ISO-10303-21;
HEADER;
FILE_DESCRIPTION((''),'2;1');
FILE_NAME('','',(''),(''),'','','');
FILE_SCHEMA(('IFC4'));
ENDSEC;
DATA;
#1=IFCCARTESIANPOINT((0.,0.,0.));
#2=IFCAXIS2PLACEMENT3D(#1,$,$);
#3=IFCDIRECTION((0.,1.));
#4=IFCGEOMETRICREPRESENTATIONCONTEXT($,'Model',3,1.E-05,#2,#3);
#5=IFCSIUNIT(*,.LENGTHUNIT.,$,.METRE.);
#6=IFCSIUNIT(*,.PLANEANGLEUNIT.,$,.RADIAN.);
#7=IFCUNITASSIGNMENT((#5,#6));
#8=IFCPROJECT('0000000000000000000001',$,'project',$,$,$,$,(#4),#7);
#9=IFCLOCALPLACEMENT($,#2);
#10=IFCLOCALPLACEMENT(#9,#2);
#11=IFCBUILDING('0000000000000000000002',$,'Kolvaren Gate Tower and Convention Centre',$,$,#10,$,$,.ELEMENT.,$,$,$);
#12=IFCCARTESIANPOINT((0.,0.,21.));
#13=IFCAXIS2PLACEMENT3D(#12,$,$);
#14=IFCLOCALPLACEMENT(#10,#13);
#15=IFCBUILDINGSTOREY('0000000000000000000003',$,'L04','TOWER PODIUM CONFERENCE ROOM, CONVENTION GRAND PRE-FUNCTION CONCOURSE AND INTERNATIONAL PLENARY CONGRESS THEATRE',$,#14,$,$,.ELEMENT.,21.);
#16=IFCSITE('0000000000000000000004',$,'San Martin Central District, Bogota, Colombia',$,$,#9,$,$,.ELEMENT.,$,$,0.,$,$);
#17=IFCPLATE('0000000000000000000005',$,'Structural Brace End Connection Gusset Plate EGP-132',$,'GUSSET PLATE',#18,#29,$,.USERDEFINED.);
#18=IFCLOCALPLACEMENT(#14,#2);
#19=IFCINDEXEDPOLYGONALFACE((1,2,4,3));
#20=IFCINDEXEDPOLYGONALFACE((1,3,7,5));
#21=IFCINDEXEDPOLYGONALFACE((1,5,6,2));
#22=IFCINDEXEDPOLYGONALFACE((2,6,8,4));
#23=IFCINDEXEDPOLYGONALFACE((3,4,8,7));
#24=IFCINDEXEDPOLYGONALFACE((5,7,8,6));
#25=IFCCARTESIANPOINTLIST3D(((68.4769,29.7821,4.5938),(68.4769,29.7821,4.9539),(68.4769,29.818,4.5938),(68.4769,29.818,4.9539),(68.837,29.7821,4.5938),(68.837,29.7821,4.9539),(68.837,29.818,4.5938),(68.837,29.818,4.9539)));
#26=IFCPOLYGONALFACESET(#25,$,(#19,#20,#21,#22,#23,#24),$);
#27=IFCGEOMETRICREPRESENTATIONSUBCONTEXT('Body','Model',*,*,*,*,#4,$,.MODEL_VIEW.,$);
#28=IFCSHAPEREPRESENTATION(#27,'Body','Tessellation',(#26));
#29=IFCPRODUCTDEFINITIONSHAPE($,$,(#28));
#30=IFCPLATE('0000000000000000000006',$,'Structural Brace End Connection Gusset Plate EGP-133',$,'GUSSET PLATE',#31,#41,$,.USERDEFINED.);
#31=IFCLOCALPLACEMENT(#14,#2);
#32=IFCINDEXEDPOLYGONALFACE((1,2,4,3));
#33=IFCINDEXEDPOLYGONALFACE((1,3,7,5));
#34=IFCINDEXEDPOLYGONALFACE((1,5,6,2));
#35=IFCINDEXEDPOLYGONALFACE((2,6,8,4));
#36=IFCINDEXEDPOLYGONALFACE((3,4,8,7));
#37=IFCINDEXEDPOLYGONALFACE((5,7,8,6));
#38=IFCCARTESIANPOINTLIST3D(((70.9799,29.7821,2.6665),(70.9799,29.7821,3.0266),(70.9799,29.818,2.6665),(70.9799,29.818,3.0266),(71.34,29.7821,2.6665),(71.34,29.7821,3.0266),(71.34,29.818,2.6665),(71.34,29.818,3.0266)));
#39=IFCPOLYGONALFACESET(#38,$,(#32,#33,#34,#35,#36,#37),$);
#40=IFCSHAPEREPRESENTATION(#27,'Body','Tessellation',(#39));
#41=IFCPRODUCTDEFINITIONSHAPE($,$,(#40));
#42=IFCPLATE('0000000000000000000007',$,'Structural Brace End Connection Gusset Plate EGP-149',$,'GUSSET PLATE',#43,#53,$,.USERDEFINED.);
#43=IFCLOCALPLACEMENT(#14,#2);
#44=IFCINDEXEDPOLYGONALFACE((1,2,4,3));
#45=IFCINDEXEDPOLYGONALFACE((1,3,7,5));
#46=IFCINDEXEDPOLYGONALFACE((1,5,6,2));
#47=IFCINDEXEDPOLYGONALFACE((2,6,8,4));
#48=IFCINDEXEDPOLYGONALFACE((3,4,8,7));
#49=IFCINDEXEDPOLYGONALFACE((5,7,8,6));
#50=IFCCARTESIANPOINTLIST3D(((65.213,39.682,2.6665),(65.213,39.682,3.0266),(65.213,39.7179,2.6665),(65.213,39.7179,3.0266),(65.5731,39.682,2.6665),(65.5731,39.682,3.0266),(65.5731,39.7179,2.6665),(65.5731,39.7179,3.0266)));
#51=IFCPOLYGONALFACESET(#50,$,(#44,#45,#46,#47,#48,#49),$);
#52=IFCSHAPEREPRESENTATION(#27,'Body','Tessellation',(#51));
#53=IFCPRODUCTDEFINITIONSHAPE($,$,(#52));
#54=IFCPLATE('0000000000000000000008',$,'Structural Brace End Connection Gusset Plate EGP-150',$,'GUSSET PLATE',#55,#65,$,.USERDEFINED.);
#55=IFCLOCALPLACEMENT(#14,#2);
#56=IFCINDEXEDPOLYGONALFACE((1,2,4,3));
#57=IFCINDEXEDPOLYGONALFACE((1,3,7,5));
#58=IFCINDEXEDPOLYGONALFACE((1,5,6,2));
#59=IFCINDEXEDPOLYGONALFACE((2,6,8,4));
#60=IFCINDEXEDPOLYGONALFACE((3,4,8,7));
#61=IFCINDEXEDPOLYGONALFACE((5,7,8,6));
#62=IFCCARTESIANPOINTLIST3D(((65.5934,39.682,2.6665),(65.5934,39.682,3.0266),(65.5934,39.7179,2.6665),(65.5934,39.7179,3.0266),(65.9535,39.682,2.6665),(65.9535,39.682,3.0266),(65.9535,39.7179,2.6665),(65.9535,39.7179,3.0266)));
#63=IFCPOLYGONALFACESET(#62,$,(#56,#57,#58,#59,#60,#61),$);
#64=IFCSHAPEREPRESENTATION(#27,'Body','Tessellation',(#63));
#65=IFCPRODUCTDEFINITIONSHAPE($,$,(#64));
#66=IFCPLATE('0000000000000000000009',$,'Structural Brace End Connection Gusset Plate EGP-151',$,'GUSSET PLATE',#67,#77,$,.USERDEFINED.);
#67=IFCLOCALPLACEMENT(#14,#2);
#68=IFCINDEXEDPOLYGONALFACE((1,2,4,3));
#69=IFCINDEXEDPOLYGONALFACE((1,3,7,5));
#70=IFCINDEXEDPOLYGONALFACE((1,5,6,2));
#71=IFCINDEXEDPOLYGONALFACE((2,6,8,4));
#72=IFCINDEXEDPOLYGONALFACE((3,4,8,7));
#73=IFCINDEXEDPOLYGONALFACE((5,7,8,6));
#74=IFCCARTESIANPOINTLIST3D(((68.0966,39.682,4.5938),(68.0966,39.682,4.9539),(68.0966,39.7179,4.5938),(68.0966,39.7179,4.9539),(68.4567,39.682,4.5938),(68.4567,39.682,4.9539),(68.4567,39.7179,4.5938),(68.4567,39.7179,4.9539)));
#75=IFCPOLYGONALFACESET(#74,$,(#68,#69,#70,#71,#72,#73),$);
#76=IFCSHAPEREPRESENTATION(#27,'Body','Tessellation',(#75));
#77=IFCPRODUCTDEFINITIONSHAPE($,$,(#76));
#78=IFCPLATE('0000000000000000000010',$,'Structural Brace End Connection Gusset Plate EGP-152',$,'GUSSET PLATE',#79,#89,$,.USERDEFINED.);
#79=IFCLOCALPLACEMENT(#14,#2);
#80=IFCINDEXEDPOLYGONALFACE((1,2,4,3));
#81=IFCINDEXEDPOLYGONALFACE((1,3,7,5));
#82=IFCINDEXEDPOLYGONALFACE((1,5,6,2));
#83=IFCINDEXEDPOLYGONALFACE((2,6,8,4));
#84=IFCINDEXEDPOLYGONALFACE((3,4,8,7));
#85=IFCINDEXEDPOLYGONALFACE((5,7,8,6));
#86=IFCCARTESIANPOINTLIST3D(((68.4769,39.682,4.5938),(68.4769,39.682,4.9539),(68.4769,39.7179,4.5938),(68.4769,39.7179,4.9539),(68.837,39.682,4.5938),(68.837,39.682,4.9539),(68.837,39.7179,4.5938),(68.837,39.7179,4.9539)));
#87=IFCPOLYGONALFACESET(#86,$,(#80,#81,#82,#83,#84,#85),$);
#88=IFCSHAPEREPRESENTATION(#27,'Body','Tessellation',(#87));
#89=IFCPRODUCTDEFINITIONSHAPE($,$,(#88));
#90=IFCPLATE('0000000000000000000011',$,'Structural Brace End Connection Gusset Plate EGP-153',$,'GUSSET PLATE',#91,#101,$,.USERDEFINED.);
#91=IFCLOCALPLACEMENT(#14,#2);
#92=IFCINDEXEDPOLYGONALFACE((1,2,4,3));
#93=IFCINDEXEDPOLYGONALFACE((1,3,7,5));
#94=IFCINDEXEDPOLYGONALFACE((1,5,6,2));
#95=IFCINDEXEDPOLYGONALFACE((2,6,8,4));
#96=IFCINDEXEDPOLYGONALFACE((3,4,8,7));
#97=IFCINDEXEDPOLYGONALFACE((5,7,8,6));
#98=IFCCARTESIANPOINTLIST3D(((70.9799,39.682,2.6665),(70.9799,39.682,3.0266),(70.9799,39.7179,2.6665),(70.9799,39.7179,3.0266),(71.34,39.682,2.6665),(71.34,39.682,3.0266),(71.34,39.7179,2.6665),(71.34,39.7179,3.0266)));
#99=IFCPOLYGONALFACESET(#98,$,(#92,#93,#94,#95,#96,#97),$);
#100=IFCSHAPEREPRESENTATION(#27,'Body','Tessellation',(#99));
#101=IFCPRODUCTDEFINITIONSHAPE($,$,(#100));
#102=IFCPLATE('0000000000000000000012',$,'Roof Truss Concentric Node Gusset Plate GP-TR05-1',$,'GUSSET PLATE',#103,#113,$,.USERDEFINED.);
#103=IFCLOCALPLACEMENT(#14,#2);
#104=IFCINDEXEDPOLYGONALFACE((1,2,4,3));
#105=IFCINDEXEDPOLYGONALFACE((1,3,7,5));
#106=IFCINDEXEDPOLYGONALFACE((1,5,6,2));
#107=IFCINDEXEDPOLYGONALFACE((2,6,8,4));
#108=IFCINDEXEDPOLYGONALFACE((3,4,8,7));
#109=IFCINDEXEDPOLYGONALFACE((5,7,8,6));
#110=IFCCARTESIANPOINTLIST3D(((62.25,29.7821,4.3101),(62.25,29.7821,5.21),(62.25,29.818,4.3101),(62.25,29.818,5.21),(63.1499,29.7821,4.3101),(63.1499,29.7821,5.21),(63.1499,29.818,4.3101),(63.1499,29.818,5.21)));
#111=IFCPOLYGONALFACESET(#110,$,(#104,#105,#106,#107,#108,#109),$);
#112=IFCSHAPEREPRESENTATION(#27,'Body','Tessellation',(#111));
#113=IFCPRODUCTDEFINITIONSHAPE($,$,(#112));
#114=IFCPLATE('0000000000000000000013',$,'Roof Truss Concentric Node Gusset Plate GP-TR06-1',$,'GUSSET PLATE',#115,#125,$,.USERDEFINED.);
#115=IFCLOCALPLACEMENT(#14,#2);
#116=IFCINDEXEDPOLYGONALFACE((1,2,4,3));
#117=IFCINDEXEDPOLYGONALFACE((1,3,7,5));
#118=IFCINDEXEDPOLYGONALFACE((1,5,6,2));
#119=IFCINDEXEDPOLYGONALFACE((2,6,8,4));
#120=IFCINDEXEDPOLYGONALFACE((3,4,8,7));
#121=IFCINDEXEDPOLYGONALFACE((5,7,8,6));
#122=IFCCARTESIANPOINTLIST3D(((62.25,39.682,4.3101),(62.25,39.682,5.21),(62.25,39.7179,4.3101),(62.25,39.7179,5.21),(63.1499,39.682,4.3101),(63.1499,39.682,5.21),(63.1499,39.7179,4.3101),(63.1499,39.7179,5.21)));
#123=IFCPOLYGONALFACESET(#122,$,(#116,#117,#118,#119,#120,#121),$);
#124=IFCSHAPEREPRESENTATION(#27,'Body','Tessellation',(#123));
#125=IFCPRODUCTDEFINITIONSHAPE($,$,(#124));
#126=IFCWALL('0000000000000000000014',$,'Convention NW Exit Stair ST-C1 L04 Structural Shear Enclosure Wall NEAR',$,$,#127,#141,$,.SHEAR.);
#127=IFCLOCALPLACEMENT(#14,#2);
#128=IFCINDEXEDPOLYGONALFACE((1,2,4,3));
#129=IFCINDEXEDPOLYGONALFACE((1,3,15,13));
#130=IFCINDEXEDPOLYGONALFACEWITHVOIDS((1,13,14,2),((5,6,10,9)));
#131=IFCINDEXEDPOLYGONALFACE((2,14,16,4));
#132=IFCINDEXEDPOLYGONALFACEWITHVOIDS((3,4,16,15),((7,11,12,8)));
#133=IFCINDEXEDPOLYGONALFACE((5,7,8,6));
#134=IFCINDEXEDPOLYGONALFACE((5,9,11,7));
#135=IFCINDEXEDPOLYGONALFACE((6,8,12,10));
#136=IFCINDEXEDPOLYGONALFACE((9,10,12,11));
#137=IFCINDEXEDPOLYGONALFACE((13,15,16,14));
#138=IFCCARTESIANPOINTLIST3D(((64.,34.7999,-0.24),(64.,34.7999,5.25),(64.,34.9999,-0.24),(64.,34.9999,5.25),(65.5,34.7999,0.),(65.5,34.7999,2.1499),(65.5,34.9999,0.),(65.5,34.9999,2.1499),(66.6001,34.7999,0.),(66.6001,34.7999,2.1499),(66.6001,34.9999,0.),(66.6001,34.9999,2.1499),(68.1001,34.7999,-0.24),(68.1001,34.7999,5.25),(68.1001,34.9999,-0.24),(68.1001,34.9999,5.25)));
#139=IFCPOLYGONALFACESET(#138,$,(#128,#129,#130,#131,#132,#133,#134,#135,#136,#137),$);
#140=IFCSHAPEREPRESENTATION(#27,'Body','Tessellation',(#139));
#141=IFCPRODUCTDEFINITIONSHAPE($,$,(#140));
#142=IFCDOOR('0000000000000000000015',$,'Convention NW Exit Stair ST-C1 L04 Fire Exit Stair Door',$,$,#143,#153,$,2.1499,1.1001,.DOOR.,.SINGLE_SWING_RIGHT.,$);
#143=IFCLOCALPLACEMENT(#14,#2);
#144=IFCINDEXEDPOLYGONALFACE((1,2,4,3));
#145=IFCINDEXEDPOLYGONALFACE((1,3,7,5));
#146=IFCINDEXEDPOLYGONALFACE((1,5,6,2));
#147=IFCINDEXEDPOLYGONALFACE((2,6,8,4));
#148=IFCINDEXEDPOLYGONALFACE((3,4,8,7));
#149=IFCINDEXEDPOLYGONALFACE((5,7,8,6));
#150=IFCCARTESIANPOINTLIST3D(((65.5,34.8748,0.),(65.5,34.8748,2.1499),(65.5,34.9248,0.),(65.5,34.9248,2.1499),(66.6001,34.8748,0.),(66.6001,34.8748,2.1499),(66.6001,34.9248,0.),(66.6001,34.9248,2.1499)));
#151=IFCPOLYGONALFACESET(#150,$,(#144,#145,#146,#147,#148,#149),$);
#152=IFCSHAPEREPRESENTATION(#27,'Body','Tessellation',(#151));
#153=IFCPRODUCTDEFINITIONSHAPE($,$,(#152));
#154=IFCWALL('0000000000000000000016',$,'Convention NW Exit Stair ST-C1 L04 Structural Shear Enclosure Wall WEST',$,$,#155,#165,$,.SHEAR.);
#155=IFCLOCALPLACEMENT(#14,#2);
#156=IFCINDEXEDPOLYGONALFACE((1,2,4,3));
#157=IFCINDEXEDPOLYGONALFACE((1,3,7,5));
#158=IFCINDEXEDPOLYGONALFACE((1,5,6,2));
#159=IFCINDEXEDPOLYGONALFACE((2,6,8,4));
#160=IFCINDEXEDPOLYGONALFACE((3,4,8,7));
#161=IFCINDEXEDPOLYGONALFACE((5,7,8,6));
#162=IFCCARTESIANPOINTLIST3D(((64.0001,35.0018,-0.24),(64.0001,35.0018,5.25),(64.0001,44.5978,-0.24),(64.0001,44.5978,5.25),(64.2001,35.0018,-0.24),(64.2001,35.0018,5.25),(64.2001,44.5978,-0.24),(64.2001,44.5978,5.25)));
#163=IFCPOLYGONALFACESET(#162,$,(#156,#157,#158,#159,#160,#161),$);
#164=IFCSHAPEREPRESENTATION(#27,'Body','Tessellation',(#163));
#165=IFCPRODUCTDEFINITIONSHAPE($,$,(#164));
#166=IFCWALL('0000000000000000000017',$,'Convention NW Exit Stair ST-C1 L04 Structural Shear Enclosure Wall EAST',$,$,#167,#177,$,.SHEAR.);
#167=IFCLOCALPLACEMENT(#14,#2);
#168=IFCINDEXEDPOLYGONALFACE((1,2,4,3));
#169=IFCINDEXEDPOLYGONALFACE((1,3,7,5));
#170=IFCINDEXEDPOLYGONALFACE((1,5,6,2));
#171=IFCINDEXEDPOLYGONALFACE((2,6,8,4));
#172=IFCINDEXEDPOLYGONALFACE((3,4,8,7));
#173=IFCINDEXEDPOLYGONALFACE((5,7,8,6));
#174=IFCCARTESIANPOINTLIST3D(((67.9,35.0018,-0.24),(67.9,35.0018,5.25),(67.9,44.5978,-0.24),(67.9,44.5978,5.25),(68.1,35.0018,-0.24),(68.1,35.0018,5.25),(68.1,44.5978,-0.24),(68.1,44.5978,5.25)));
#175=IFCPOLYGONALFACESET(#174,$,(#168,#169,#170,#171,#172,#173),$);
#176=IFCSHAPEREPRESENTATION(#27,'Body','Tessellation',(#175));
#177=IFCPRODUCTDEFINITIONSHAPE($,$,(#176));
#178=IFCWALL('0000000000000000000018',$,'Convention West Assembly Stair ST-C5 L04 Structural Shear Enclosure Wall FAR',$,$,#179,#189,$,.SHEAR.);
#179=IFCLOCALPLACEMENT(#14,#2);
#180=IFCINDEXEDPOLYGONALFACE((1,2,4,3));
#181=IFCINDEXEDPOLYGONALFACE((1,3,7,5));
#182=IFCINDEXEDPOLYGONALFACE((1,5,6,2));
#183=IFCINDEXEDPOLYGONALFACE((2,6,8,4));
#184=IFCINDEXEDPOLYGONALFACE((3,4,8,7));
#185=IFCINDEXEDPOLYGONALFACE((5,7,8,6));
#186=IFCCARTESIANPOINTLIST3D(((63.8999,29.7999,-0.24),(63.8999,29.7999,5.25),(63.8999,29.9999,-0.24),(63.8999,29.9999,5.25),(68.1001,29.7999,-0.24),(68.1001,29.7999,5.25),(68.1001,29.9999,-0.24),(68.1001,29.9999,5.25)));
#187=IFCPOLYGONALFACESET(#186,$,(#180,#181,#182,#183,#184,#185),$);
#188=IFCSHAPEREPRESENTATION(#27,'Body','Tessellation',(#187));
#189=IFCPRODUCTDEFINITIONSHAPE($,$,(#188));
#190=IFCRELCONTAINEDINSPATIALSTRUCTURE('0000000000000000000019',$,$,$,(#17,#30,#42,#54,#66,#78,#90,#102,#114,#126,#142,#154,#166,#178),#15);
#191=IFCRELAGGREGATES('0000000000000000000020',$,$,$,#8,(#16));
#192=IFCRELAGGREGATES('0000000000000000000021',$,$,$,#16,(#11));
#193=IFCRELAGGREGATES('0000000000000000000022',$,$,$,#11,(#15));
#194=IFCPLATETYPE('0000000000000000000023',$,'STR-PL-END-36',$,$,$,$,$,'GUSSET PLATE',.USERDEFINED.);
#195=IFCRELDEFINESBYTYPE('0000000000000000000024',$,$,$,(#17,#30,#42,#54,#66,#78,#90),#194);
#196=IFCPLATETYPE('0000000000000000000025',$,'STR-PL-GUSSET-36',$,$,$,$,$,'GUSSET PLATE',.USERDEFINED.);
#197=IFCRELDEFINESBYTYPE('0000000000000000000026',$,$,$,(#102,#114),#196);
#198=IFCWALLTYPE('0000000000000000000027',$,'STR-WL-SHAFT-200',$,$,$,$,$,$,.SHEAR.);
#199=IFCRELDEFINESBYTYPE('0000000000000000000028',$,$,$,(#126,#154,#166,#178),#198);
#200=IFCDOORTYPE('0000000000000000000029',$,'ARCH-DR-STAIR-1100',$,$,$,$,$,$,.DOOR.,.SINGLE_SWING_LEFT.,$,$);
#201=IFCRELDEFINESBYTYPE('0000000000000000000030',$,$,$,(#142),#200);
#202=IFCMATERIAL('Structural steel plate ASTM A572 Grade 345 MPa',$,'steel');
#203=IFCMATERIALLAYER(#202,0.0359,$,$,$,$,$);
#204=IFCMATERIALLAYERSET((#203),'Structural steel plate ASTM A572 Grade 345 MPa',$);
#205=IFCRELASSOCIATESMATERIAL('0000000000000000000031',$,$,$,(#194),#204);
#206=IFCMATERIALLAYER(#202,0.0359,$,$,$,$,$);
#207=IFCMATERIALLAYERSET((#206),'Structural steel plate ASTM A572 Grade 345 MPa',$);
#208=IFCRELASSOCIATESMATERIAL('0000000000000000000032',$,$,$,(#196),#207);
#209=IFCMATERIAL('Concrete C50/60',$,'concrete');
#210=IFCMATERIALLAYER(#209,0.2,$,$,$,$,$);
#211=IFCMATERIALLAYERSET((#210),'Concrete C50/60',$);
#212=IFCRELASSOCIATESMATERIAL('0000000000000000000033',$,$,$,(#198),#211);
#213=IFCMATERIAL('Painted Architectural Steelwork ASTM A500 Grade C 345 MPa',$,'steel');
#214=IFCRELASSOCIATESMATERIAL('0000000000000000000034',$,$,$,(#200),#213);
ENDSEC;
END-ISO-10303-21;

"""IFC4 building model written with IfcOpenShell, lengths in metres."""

from ifc_helpers import new_model, si_unit, direction, frame, frame_2d, origin, origin_2d, place, context, subcontext, project, spatial, rectangle, extrude, material, layer, layer_set, type_object, element, fill, save


model = new_model("IFC4")

# Units and contexts
model_context = context("Model", 3, precision=1e-05, world=origin(), true_north=direction((0.0, 1.0)))
body_context = subcontext(model_context, "Body", "Model", "MODEL_VIEW")
ifc_project = project(units=[si_unit("LENGTHUNIT", "METRE"), si_unit("PLANEANGLEUNIT", "RADIAN")], contexts=[model_context])

# Site, building, storey
site_placement = place(None, origin())
site = spatial("IfcSite", under=ifc_project, at=site_placement, Name="San Martin Central District, Bogota, Colombia", CompositionType="ELEMENT", RefElevation=0.0)
building_placement = place(site_placement, origin())
building = spatial("IfcBuilding", under=site, at=building_placement, Name="Kolvaren Gate Tower and Convention Centre", CompositionType="ELEMENT")
storey_placement = place(building_placement, frame((0.0, 0.0, 21.0)))
storey = spatial("IfcBuildingStorey", under=building, at=storey_placement, Name="L04", Description="TOWER PODIUM CONFERENCE ROOM, CONVENTION GRAND PRE-FUNCTION CONCOURSE AND INTERNATIONAL PLENARY CONGRESS THEATRE", CompositionType="ELEMENT", Elevation=21.0)

# Plates
ifc_material_1 = material(Name="Structural steel plate ASTM A572 Grade 345 MPa", Category="steel")
ifc_layer_1 = layer(ifc_material_1, 0.0359)
ifc_layer_set_1 = layer_set([ifc_layer_1], Name="Structural steel plate ASTM A572 Grade 345 MPa")
plate_type_1 = type_object("IfcPlateType", Name="STR-PL-END-36", ElementType="GUSSET PLATE", PredefinedType="USERDEFINED", material=ifc_layer_set_1)
for number, where, z_axis, x_axis, name in (
    (1, (68.657, 29.8, 4.5938), (0.0, 0.0, 1.0), (1.0, 0.0, 0.0), "Structural Brace End Connection Gusset Plate EGP-132"),
    (2, (71.1599, 29.8, 2.6665), (0.0, 0.0, 1.0), (1.0, 0.0, 0.0), "Structural Brace End Connection Gusset Plate EGP-133"),
    (3, (65.3931, 39.7, 2.6665), (0.0, 0.0, 1.0), (1.0, 0.0, 0.0), "Structural Brace End Connection Gusset Plate EGP-149"),
    (4, (65.7734, 39.7, 2.6665), (0.0, 0.0, 1.0), (1.0, 0.0, 0.0), "Structural Brace End Connection Gusset Plate EGP-150"),
    (5, (68.2766, 39.7, 4.5938), (0.0, 0.0, 1.0), (1.0, 0.0, 0.0), "Structural Brace End Connection Gusset Plate EGP-151"),
    (6, (68.657, 39.7, 4.5938), (0.0, 0.0, 1.0), (1.0, 0.0, 0.0), "Structural Brace End Connection Gusset Plate EGP-152"),
    (7, (71.1599, 39.7, 2.6665), (0.0, 0.0, 1.0), (1.0, 0.0, 0.0), "Structural Brace End Connection Gusset Plate EGP-153"),
):
    element("IfcPlate", number, at=place(storey_placement, frame(where, z_axis=z_axis, x_axis=x_axis)), inside=storey, type_object=plate_type_1, Name=name, ObjectType="GUSSET PLATE", PredefinedType="USERDEFINED", context=body_context, shape_type="SweptSolid", body=[
        extrude(rectangle(XDim=0.3601, YDim=0.0359, at=origin_2d()), origin(), (0.0, 0.0, 1.0), 0.3601),
    ])
ifc_layer_2 = layer(ifc_material_1, 0.0359)
ifc_layer_set_2 = layer_set([ifc_layer_2], Name="Structural steel plate ASTM A572 Grade 345 MPa")
plate_type_2 = type_object("IfcPlateType", Name="STR-PL-GUSSET-36", ElementType="GUSSET PLATE", PredefinedType="USERDEFINED", material=ifc_layer_set_2)
for number, where, z_axis, x_axis, name in (
    (8, (62.7, 29.8, 4.3101), (0.0, 0.0, 1.0), (1.0, 0.0, 0.0), "Roof Truss Concentric Node Gusset Plate GP-TR05-1"),
    (9, (62.7, 39.7, 4.3101), (0.0, 0.0, 1.0), (1.0, 0.0, 0.0), "Roof Truss Concentric Node Gusset Plate GP-TR06-1"),
):
    element("IfcPlate", number, at=place(storey_placement, frame(where, z_axis=z_axis, x_axis=x_axis)), inside=storey, type_object=plate_type_2, Name=name, ObjectType="GUSSET PLATE", PredefinedType="USERDEFINED", context=body_context, shape_type="SweptSolid", body=[
        extrude(rectangle(XDim=0.8999, YDim=0.0359, at=origin_2d()), origin(), (0.0, 0.0, 1.0), 0.8999),
    ])

# Wall, opening, door
ifc_material_2 = material(Name="Concrete C50/60", Category="concrete")
ifc_layer_3 = layer(ifc_material_2, 0.2)
ifc_layer_set_3 = layer_set([ifc_layer_3], Name="Concrete C50/60")
wall_type = type_object("IfcWallType", Name="STR-WL-SHAFT-200", PredefinedType="SHEAR", material=ifc_layer_set_3)
wall_1_placement = place(storey_placement, frame((64.0, 34.8999, -0.24), z_axis=(0.0, 0.0, 1.0), x_axis=(1.0, 0.0, 0.0)))
wall_1 = element("IfcWall", 10, at=wall_1_placement, inside=storey, type_object=wall_type, Name="Convention NW Exit Stair ST-C1 L04 Structural Shear Enclosure Wall NEAR", PredefinedType="SHEAR", context=body_context, shape_type="SweptSolid", body=[
    extrude(rectangle(XDim=4.1001, YDim=0.2, at=frame_2d((2.05, 0.0))), origin(), (0.0, 0.0, 1.0), 5.49),
])
opening_placement = place(wall_1_placement, frame((1.5, 0.0, 0.24)))
opening = element("IfcOpeningElement", 11, at=opening_placement, cuts=wall_1, PredefinedType="OPENING", context=body_context, shape_type="SweptSolid", body=[
    extrude(rectangle(XDim=1.1001, YDim=2.1499, at=frame_2d((0.55, 1.075))), frame((0.0, 0.1099, 0.0), z_axis=(0.0, -1.0, 0.0), x_axis=(1.0, 0.0, 0.0)), (0.0, 0.0, 1.0), 0.22),
])
ifc_material_3 = material(Name="Painted Architectural Steelwork ASTM A500 Grade C 345 MPa", Category="steel")
door_type = type_object("IfcDoorType", Name="ARCH-DR-STAIR-1100", OperationType="SINGLE_SWING_LEFT", PredefinedType="DOOR", material=ifc_material_3)
door_placement = place(opening_placement, origin())
door = element("IfcDoor", 12, at=door_placement, inside=storey, type_object=door_type, Name="Convention NW Exit Stair ST-C1 L04 Fire Exit Stair Door", OperationType="SINGLE_SWING_RIGHT", OverallHeight=2.1499, OverallWidth=1.1001, PredefinedType="DOOR", context=body_context, shape_type="SweptSolid", body=[
    extrude(rectangle(XDim=1.1001, YDim=2.1499, at=frame_2d((0.55, 1.075))), frame((0.0, 0.0249, 0.0), z_axis=(0.0, -1.0, 0.0), x_axis=(1.0, 0.0, 0.0)), (0.0, 0.0, 1.0), 0.05),
])
fill(opening, door)

# Walls
for number, where, z_axis, x_axis, name in (
    (13, (64.1001, 35.002, -0.24), (0.0, 0.0, 1.0), (0.0, 1.0, 0.0), "Convention NW Exit Stair ST-C1 L04 Structural Shear Enclosure Wall WEST"),
    (14, (68.0, 35.002, -0.24), (0.0, 0.0, 1.0), (0.0, 1.0, 0.0), "Convention NW Exit Stair ST-C1 L04 Structural Shear Enclosure Wall EAST"),
):
    element("IfcWall", number, at=place(storey_placement, frame(where, z_axis=z_axis, x_axis=x_axis)), inside=storey, type_object=wall_type, Name=name, PredefinedType="SHEAR", context=body_context, shape_type="SweptSolid", body=[
        extrude(rectangle(XDim=9.5959, YDim=0.2, at=frame_2d((4.7979, 0.0))), origin(), (0.0, 0.0, 1.0), 5.49),
    ])
wall_2_placement = place(storey_placement, frame((63.8999, 29.8999, -0.24), z_axis=(0.0, 0.0, 1.0), x_axis=(1.0, 0.0, 0.0)))
element("IfcWall", 15, at=wall_2_placement, inside=storey, type_object=wall_type, Name="Convention West Assembly Stair ST-C5 L04 Structural Shear Enclosure Wall FAR", PredefinedType="SHEAR", context=body_context, shape_type="SweptSolid", body=[
    extrude(rectangle(XDim=4.2002, YDim=0.2, at=frame_2d((2.1001, 0.0))), origin(), (0.0, 0.0, 1.0), 5.49),
])

save(model, "model.ifc")
